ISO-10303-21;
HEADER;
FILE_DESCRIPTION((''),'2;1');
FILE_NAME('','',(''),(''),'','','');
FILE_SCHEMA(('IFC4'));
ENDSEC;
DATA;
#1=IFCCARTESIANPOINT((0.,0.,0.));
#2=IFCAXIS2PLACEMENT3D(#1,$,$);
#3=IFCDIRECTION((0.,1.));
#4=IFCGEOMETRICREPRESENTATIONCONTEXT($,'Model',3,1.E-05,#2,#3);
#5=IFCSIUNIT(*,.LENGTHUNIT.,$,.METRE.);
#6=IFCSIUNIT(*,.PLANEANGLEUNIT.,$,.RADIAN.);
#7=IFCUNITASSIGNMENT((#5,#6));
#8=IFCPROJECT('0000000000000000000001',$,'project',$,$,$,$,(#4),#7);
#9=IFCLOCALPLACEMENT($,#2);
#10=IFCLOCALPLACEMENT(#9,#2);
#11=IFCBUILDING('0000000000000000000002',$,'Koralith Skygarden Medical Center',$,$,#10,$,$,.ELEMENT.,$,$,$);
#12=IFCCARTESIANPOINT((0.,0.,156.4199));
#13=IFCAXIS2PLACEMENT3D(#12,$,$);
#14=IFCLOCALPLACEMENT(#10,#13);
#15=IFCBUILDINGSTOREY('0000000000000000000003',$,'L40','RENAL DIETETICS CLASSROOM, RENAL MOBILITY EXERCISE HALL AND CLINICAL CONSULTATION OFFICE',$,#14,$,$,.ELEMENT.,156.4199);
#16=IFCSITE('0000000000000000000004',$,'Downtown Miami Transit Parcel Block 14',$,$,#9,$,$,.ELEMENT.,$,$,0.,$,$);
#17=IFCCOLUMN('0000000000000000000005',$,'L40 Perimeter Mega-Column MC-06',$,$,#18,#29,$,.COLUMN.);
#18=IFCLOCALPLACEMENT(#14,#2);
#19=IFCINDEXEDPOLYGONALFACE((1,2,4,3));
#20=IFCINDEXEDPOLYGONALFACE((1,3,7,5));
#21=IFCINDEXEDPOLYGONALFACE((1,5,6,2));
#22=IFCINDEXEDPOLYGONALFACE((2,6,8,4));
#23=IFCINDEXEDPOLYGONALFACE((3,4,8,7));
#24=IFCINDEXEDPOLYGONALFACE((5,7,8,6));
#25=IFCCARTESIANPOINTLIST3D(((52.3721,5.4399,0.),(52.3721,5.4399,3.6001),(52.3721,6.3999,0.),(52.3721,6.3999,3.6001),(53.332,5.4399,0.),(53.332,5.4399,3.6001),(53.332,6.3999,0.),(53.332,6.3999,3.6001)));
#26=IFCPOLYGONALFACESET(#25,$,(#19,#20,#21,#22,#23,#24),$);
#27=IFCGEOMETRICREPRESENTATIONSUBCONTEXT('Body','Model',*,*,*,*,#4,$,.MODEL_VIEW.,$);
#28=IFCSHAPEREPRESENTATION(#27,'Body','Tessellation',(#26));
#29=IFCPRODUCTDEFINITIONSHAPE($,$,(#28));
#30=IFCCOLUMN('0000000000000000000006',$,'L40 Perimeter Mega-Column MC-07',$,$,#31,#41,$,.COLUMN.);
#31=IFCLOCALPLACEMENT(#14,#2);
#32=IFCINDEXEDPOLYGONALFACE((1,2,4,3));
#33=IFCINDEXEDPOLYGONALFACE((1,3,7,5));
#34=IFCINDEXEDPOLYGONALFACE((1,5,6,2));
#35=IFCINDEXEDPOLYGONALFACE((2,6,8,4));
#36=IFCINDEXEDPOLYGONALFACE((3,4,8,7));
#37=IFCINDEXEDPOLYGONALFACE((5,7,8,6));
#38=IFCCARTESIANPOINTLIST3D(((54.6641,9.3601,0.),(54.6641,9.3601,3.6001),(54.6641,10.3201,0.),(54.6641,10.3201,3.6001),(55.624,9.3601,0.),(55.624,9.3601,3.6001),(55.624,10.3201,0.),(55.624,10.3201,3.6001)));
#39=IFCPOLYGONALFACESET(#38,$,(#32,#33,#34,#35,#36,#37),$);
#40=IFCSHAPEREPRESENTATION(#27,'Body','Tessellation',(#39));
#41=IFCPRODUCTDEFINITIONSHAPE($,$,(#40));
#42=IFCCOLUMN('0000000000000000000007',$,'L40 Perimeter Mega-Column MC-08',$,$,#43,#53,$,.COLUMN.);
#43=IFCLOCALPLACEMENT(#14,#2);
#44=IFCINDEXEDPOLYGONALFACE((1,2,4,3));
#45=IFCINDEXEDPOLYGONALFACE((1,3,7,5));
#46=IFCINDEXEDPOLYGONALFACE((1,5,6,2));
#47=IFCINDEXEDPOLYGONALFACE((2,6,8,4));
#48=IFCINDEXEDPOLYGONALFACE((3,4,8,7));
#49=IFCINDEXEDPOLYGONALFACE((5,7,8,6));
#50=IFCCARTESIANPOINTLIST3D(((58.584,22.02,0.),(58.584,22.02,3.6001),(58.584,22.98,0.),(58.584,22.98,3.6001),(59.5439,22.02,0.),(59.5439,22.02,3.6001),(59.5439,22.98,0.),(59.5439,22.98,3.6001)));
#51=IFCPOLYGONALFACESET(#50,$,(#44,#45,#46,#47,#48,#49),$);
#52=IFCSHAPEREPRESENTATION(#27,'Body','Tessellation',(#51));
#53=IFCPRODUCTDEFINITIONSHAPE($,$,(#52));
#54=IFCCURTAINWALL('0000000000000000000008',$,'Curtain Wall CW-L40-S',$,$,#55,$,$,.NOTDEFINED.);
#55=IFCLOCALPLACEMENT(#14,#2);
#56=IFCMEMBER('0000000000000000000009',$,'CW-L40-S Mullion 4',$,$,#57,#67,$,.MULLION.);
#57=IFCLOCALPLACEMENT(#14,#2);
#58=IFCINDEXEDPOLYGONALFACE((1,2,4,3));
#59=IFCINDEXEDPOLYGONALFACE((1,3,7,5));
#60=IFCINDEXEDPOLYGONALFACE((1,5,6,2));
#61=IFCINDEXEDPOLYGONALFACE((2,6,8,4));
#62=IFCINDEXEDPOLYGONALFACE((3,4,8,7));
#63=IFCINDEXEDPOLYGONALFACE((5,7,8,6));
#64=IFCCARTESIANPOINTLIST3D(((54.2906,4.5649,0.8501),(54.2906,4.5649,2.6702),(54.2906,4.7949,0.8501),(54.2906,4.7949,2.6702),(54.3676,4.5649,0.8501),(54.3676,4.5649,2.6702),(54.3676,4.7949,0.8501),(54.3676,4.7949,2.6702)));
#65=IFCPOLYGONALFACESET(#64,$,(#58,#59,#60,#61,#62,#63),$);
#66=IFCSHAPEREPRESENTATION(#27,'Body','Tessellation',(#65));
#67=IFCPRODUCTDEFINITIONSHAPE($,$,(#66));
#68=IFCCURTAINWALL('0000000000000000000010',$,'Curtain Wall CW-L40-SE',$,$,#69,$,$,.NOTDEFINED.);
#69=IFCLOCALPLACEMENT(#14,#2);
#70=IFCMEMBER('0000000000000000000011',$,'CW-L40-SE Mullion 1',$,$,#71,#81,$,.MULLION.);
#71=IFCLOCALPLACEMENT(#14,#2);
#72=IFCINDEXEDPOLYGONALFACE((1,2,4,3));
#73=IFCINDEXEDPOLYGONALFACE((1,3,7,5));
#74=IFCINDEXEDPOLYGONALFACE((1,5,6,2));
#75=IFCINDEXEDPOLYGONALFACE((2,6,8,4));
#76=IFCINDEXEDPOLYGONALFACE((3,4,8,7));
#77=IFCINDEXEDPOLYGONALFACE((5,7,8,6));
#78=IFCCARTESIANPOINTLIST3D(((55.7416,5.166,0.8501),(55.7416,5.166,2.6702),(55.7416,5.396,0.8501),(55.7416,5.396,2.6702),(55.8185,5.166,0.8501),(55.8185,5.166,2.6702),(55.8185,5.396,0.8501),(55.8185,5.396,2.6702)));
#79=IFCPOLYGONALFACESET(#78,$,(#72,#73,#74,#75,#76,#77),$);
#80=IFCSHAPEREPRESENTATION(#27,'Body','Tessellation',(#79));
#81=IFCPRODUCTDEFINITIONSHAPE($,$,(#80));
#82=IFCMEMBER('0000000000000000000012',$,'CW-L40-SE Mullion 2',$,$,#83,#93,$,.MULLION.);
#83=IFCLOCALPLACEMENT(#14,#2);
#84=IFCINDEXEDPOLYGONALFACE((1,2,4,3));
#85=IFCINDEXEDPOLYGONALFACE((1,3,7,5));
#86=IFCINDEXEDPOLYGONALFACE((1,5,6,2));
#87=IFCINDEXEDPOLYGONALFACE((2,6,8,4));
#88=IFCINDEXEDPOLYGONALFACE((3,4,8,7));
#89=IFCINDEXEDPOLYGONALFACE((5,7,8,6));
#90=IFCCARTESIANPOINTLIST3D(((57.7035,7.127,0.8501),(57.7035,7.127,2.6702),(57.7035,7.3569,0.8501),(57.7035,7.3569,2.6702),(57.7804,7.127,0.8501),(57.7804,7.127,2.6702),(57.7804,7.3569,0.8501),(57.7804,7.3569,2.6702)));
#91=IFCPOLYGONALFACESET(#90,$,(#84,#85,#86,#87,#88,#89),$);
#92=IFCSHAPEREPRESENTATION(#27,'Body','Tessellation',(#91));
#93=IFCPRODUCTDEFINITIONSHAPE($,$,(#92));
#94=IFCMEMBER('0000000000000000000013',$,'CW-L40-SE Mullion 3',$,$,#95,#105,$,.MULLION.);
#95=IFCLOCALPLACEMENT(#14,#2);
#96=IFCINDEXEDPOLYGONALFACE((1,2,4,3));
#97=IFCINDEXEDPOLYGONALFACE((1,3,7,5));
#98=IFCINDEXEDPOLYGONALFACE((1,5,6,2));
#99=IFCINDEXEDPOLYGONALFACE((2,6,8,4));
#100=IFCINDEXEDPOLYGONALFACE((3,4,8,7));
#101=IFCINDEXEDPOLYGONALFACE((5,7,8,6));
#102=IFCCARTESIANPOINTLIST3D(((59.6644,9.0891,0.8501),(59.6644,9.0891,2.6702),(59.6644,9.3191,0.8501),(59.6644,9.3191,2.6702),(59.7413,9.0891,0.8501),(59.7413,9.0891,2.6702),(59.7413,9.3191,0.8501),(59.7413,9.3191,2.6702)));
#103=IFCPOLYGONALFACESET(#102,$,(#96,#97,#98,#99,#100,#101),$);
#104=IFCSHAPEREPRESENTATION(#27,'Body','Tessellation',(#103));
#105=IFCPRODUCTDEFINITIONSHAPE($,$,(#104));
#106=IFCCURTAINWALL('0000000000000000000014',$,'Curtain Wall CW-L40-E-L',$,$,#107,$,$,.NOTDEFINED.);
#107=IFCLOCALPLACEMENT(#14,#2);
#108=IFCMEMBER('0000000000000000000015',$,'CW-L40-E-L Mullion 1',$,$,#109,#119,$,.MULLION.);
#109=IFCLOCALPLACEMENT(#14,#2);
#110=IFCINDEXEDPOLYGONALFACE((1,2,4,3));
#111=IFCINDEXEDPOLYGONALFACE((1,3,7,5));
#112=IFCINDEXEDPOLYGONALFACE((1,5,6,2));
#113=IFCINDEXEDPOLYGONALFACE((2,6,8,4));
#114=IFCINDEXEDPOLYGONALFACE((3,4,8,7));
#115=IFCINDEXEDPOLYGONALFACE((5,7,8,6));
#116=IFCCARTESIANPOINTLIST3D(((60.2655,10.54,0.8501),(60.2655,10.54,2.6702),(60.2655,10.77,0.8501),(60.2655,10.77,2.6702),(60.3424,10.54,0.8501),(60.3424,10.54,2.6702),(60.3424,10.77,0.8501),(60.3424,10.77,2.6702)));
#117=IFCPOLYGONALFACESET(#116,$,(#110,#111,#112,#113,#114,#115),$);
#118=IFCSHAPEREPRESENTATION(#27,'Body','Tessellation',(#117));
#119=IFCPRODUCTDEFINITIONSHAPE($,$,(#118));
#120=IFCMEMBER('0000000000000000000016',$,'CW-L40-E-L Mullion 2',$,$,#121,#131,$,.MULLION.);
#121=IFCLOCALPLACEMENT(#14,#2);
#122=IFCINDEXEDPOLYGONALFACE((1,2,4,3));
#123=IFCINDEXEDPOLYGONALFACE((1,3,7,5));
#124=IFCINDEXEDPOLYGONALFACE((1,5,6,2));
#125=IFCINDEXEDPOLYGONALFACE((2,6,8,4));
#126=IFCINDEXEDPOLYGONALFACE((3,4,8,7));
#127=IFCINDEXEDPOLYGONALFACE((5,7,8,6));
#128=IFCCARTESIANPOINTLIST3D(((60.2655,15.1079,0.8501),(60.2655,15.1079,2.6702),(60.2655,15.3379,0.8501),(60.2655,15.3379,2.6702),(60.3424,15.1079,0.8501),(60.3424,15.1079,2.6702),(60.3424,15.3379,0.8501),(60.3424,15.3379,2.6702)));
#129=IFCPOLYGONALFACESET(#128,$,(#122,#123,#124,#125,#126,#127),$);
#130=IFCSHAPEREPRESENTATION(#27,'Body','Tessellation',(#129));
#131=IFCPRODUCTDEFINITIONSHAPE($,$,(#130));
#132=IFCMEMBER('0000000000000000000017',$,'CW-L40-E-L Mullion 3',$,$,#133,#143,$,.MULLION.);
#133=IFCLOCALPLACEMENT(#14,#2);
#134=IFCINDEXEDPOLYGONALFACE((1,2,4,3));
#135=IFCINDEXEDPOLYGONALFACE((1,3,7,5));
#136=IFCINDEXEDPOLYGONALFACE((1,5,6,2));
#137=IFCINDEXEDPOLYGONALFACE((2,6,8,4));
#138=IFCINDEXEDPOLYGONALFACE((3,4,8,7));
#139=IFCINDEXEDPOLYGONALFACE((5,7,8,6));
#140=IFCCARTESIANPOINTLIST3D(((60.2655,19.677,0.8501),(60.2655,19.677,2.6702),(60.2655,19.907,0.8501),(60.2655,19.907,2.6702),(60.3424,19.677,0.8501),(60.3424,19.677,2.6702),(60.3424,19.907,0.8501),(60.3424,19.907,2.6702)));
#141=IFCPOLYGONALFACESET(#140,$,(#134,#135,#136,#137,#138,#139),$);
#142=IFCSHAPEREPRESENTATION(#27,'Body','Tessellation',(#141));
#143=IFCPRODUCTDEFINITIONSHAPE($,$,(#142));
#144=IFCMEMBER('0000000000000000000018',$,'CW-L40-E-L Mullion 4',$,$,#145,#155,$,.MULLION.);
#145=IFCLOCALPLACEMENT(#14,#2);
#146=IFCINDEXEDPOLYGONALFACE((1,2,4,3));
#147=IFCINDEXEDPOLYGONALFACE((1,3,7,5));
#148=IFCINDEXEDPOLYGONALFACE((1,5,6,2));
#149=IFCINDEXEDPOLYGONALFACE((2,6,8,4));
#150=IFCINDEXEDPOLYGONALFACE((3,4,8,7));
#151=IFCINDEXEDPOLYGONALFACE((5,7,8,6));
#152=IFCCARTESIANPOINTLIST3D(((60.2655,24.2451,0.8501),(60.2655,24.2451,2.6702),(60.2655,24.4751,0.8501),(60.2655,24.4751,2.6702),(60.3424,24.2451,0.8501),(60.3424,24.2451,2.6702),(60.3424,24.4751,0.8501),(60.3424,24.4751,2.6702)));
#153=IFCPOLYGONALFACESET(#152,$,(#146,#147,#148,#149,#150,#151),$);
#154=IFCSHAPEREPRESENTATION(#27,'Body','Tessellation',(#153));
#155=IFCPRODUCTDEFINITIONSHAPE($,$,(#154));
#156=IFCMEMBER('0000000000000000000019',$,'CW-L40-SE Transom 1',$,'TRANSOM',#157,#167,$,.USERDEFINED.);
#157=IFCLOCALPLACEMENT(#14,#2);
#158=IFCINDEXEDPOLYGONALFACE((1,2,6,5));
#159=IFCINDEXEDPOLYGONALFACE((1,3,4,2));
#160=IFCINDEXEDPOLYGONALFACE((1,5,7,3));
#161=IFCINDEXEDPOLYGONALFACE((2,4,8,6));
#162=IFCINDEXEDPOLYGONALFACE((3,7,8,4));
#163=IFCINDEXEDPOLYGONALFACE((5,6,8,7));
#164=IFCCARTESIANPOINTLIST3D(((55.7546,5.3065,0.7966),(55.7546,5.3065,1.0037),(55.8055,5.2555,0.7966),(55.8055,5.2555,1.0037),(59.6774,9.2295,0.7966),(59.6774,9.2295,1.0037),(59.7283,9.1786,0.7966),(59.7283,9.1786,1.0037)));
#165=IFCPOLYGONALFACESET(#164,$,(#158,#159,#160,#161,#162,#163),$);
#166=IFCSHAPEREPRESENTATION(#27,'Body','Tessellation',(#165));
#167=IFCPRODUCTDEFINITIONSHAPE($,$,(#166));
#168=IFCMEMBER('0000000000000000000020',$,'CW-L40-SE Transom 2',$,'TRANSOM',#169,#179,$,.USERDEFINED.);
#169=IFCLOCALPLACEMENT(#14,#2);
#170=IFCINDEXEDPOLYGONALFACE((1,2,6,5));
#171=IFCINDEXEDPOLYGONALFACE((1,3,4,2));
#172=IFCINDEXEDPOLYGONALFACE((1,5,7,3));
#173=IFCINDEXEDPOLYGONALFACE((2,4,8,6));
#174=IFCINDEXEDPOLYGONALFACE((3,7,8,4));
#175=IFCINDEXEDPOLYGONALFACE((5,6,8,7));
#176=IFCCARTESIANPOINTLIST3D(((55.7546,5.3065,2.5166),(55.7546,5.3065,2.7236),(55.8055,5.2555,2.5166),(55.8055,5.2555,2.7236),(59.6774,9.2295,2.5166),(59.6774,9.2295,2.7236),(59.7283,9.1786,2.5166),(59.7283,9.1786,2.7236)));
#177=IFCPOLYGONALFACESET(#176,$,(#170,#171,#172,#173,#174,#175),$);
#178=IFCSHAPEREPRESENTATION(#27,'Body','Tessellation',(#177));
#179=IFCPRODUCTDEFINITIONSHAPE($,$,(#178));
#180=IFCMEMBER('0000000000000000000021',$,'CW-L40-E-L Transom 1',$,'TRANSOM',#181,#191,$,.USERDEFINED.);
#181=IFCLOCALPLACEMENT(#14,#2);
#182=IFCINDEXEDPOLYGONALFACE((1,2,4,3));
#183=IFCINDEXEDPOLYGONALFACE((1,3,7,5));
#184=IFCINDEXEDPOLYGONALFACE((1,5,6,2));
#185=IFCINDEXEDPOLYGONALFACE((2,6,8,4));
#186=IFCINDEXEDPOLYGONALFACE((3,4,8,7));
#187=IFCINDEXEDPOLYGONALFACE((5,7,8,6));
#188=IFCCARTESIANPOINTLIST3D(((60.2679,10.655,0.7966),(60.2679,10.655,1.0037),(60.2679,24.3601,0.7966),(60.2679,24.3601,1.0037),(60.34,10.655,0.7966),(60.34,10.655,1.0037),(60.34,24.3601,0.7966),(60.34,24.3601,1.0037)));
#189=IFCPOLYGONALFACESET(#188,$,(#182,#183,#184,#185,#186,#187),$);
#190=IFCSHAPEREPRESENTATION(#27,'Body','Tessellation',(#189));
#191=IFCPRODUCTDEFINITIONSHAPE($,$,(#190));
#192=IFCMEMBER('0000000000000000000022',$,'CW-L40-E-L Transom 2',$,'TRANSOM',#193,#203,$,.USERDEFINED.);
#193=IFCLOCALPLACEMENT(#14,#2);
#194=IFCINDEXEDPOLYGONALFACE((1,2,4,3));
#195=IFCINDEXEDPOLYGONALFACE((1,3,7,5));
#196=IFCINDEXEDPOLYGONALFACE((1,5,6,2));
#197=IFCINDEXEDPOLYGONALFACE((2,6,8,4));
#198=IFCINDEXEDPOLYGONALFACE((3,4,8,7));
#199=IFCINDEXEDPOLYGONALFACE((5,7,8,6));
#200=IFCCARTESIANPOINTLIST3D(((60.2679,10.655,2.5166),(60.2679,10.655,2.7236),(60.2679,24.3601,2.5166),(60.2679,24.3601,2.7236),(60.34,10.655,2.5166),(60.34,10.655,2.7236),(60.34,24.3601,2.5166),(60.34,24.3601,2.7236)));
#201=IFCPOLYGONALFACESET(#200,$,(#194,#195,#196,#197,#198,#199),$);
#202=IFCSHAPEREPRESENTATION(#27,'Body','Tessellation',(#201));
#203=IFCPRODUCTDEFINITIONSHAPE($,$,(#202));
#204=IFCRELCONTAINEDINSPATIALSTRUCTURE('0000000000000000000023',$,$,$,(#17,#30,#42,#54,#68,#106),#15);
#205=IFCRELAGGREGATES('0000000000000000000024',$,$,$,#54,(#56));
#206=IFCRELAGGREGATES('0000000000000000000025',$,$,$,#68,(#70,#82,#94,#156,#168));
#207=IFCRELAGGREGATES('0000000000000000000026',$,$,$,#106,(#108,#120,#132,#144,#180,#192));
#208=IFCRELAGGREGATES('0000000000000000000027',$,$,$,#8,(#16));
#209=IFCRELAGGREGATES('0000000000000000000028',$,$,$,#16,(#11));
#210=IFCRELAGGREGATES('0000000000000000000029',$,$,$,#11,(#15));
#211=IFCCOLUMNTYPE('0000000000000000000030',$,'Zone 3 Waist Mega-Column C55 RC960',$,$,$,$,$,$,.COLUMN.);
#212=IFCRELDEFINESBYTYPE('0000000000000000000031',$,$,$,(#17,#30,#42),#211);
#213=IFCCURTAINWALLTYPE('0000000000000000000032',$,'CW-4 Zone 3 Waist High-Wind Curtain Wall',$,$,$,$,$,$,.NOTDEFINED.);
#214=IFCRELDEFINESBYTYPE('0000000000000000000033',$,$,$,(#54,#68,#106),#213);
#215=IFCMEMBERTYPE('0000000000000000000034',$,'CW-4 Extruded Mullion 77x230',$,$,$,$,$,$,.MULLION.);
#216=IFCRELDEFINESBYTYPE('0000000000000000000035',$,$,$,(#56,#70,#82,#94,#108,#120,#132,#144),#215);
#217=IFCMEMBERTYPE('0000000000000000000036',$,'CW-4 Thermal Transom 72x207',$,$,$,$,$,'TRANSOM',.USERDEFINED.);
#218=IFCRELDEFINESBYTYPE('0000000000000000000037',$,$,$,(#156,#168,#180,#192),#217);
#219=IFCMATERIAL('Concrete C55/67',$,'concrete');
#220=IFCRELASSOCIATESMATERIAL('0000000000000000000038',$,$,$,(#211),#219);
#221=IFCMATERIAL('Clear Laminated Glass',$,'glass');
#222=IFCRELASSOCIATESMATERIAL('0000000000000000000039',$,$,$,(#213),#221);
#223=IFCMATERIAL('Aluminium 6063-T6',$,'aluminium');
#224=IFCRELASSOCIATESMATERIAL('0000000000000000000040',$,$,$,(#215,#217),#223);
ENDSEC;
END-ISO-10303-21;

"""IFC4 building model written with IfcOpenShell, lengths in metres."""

from ifc_helpers import new_model, si_unit, direction, frame, origin, origin_2d, place, context, subcontext, project, spatial, rectangle, extrude, material, material_profile, profile_set, type_object, element, aggregate, save


model = new_model("IFC4")

# Units and contexts
model_context = context("Model", 3, precision=1e-05, world=origin(), true_north=direction((0.0, 1.0)))
body_context = subcontext(model_context, "Body", "Model", "MODEL_VIEW")
ifc_project = project(units=[si_unit("LENGTHUNIT", "METRE"), si_unit("PLANEANGLEUNIT", "RADIAN")], contexts=[model_context])

# Site, building, storey
site_placement = place(None, origin())
site = spatial("IfcSite", under=ifc_project, at=site_placement, Name="Downtown Miami Transit Parcel Block 14", CompositionType="ELEMENT", RefElevation=0.0)
building_placement = place(site_placement, origin())
building = spatial("IfcBuilding", under=site, at=building_placement, Name="Koralith Skygarden Medical Center", CompositionType="ELEMENT")
storey_placement = place(building_placement, frame((0.0, 0.0, 156.4199)))
storey = spatial("IfcBuildingStorey", under=building, at=storey_placement, Name="L40", Description="RENAL DIETETICS CLASSROOM, RENAL MOBILITY EXERCISE HALL AND CLINICAL CONSULTATION OFFICE", CompositionType="ELEMENT", Elevation=156.4199)

# Columns
ifc_material_1 = material(Name="Concrete C55/67", Category="concrete")
ifc_material_profile_1 = material_profile(ifc_material_1, rectangle(XDim=0.96, YDim=0.96, at=origin_2d()), Name="RC960X960")
ifc_profile_set_1 = profile_set([ifc_material_profile_1], Name="Concrete C55/67")
column_type = type_object("IfcColumnType", Name="Zone 3 Waist Mega-Column C55 RC960", PredefinedType="COLUMN", material=ifc_profile_set_1)
for number, where, z_axis, x_axis, name in (
    (1, (52.8521, 5.9199, 0.0), (0.0, 0.0, 1.0), (1.0, 0.0, 0.0), "L40 Perimeter Mega-Column MC-06"),
    (2, (55.144, 9.8401, 0.0), (0.0, 0.0, 1.0), (1.0, 0.0, 0.0), "L40 Perimeter Mega-Column MC-07"),
    (3, (59.064, 22.5, 0.0), (0.0, 0.0, 1.0), (1.0, 0.0, 0.0), "L40 Perimeter Mega-Column MC-08"),
):
    element("IfcColumn", number, at=place(storey_placement, frame(where, z_axis=z_axis, x_axis=x_axis)), inside=storey, type_object=column_type, Name=name, PredefinedType="COLUMN", context=body_context, shape_type="SweptSolid", body=[
        extrude(rectangle(XDim=0.96, YDim=0.96, at=origin_2d()), origin(), (0.0, 0.0, 1.0), 3.6001),
    ])

# Curtain wall, member
ifc_material_2 = material(Name="Clear Laminated Glass", Category="glass")
curtain_wall_type = type_object("IfcCurtainWallType", Name="CW-4 Zone 3 Waist High-Wind Curtain Wall", PredefinedType="NOTDEFINED", material=ifc_material_2)
curtain_wall_1_placement = place(storey_placement, origin())
curtain_wall_1 = element("IfcCurtainWall", 4, at=curtain_wall_1_placement, inside=storey, type_object=curtain_wall_type, Name="Curtain Wall CW-L40-S", PredefinedType="NOTDEFINED")
ifc_material_3 = material(Name="Aluminium 6063-T6", Category="aluminium")
ifc_material_profile_2 = material_profile(ifc_material_3, rectangle(XDim=0.0769, YDim=0.23, at=origin_2d()), Name="MUL77X230")
ifc_profile_set_2 = profile_set([ifc_material_profile_2], Name="Aluminium 6063-T6")
member_type_1 = type_object("IfcMemberType", Name="CW-4 Extruded Mullion 77x230", PredefinedType="MULLION", material=ifc_profile_set_2)
member_1_placement = place(storey_placement, frame((54.3291, 4.6799, 0.8501), z_axis=(0.0, 0.0, 1.0), x_axis=(1.0, 0.0, 0.0)))
member_1 = element("IfcMember", 5, at=member_1_placement, type_object=member_type_1, Name="CW-L40-S Mullion 4", PredefinedType="MULLION", context=body_context, shape_type="SweptSolid", body=[
    extrude(rectangle(XDim=0.0769, YDim=0.23, at=origin_2d()), origin(), (0.0, 0.0, 1.0), 1.8201),
])
aggregate(curtain_wall_1, [member_1])

# Curtain walls, members
curtain_wall_2_placement = place(storey_placement, origin())
curtain_wall_2 = element("IfcCurtainWall", 6, at=curtain_wall_2_placement, inside=storey, type_object=curtain_wall_type, Name="Curtain Wall CW-L40-SE", PredefinedType="NOTDEFINED")
member_2_placement = place(storey_placement, frame((55.78, 5.281, 0.8501), z_axis=(0.0, 0.0, 1.0), x_axis=(1.0, 0.0, 0.0)))
member_2 = element("IfcMember", 7, at=member_2_placement, type_object=member_type_1, Name="CW-L40-SE Mullion 1", PredefinedType="MULLION", context=body_context, shape_type="SweptSolid", body=[
    extrude(rectangle(XDim=0.0769, YDim=0.23, at=origin_2d()), origin(), (0.0, 0.0, 1.0), 1.8201),
])
member_3_placement = place(storey_placement, frame((57.7419, 7.2419, 0.8501), z_axis=(0.0, 0.0, 1.0), x_axis=(1.0, 0.0, 0.0)))
member_3 = element("IfcMember", 8, at=member_3_placement, type_object=member_type_1, Name="CW-L40-SE Mullion 2", PredefinedType="MULLION", context=body_context, shape_type="SweptSolid", body=[
    extrude(rectangle(XDim=0.0769, YDim=0.23, at=origin_2d()), origin(), (0.0, 0.0, 1.0), 1.8201),
])
member_4_placement = place(storey_placement, frame((59.7029, 9.2041, 0.8501), z_axis=(0.0, 0.0, 1.0), x_axis=(1.0, 0.0, 0.0)))
member_4 = element("IfcMember", 9, at=member_4_placement, type_object=member_type_1, Name="CW-L40-SE Mullion 3", PredefinedType="MULLION", context=body_context, shape_type="SweptSolid", body=[
    extrude(rectangle(XDim=0.0769, YDim=0.23, at=origin_2d()), origin(), (0.0, 0.0, 1.0), 1.8201),
])
curtain_wall_3_placement = place(storey_placement, origin())
curtain_wall_3 = element("IfcCurtainWall", 10, at=curtain_wall_3_placement, inside=storey, type_object=curtain_wall_type, Name="Curtain Wall CW-L40-E-L", PredefinedType="NOTDEFINED")
member_5_placement = place(storey_placement, frame((60.304, 10.655, 0.8501), z_axis=(0.0, 0.0, 1.0), x_axis=(1.0, 0.0, 0.0)))
member_5 = element("IfcMember", 11, at=member_5_placement, type_object=member_type_1, Name="CW-L40-E-L Mullion 1", PredefinedType="MULLION", context=body_context, shape_type="SweptSolid", body=[
    extrude(rectangle(XDim=0.0769, YDim=0.23, at=origin_2d()), origin(), (0.0, 0.0, 1.0), 1.8201),
])
member_6_placement = place(storey_placement, frame((60.304, 15.2229, 0.8501), z_axis=(0.0, 0.0, 1.0), x_axis=(1.0, 0.0, 0.0)))
member_6 = element("IfcMember", 12, at=member_6_placement, type_object=member_type_1, Name="CW-L40-E-L Mullion 2", PredefinedType="MULLION", context=body_context, shape_type="SweptSolid", body=[
    extrude(rectangle(XDim=0.0769, YDim=0.23, at=origin_2d()), origin(), (0.0, 0.0, 1.0), 1.8201),
])
member_7_placement = place(storey_placement, frame((60.304, 19.792, 0.8501), z_axis=(0.0, 0.0, 1.0), x_axis=(1.0, 0.0, 0.0)))
member_7 = element("IfcMember", 13, at=member_7_placement, type_object=member_type_1, Name="CW-L40-E-L Mullion 3", PredefinedType="MULLION", context=body_context, shape_type="SweptSolid", body=[
    extrude(rectangle(XDim=0.0769, YDim=0.23, at=origin_2d()), origin(), (0.0, 0.0, 1.0), 1.8201),
])
member_8_placement = place(storey_placement, frame((60.304, 24.3601, 0.8501), z_axis=(0.0, 0.0, 1.0), x_axis=(1.0, 0.0, 0.0)))
member_8 = element("IfcMember", 14, at=member_8_placement, type_object=member_type_1, Name="CW-L40-E-L Mullion 4", PredefinedType="MULLION", context=body_context, shape_type="SweptSolid", body=[
    extrude(rectangle(XDim=0.0769, YDim=0.23, at=origin_2d()), origin(), (0.0, 0.0, 1.0), 1.8201),
])

# Members
ifc_material_profile_3 = material_profile(ifc_material_3, rectangle(XDim=0.072, YDim=0.207, at=origin_2d()), Name="TRN72X207")
ifc_profile_set_3 = profile_set([ifc_material_profile_3], Name="Aluminium 6063-T6")
member_type_2 = type_object("IfcMemberType", Name="CW-4 Thermal Transom 72x207", ElementType="TRANSOM", PredefinedType="USERDEFINED", material=ifc_profile_set_3)
member_9_placement = place(storey_placement, frame((55.78, 5.281, 0.9001), z_axis=(0.707085, 0.707129, 0.0), x_axis=(-0.707129, 0.707085, 0.0)))
member_9 = element("IfcMember", 15, at=member_9_placement, type_object=member_type_2, Name="CW-L40-SE Transom 1", ObjectType="TRANSOM", PredefinedType="USERDEFINED", context=body_context, shape_type="SweptSolid", body=[
    extrude(rectangle(XDim=0.072, YDim=0.207, at=origin_2d()), origin(), (0.0, 0.0, 1.0), 5.5479),
])
member_10_placement = place(storey_placement, frame((55.78, 5.281, 2.6201), z_axis=(0.707085, 0.707129, 0.0), x_axis=(-0.707129, 0.707085, 0.0)))
member_10 = element("IfcMember", 16, at=member_10_placement, type_object=member_type_2, Name="CW-L40-SE Transom 2", ObjectType="TRANSOM", PredefinedType="USERDEFINED", context=body_context, shape_type="SweptSolid", body=[
    extrude(rectangle(XDim=0.072, YDim=0.207, at=origin_2d()), origin(), (0.0, 0.0, 1.0), 5.5479),
])
member_11_placement = place(storey_placement, frame((60.304, 10.655, 0.9001), z_axis=(0.0, 1.0, 0.0), x_axis=(-1.0, 0.0, 0.0)))
member_11 = element("IfcMember", 17, at=member_11_placement, type_object=member_type_2, Name="CW-L40-E-L Transom 1", ObjectType="TRANSOM", PredefinedType="USERDEFINED", context=body_context, shape_type="SweptSolid", body=[
    extrude(rectangle(XDim=0.072, YDim=0.207, at=origin_2d()), origin(), (0.0, 0.0, 1.0), 13.7051),
])
member_12_placement = place(storey_placement, frame((60.304, 10.655, 2.6201), z_axis=(0.0, 1.0, 0.0), x_axis=(-1.0, 0.0, 0.0)))
member_12 = element("IfcMember", 18, at=member_12_placement, type_object=member_type_2, Name="CW-L40-E-L Transom 2", ObjectType="TRANSOM", PredefinedType="USERDEFINED", context=body_context, shape_type="SweptSolid", body=[
    extrude(rectangle(XDim=0.072, YDim=0.207, at=origin_2d()), origin(), (0.0, 0.0, 1.0), 13.7051),
])

aggregate(curtain_wall_2, [member_2, member_3, member_4, member_9, member_10])
aggregate(curtain_wall_3, [member_5, member_6, member_7, member_8, member_11, member_12])

save(model, "model.ifc")
